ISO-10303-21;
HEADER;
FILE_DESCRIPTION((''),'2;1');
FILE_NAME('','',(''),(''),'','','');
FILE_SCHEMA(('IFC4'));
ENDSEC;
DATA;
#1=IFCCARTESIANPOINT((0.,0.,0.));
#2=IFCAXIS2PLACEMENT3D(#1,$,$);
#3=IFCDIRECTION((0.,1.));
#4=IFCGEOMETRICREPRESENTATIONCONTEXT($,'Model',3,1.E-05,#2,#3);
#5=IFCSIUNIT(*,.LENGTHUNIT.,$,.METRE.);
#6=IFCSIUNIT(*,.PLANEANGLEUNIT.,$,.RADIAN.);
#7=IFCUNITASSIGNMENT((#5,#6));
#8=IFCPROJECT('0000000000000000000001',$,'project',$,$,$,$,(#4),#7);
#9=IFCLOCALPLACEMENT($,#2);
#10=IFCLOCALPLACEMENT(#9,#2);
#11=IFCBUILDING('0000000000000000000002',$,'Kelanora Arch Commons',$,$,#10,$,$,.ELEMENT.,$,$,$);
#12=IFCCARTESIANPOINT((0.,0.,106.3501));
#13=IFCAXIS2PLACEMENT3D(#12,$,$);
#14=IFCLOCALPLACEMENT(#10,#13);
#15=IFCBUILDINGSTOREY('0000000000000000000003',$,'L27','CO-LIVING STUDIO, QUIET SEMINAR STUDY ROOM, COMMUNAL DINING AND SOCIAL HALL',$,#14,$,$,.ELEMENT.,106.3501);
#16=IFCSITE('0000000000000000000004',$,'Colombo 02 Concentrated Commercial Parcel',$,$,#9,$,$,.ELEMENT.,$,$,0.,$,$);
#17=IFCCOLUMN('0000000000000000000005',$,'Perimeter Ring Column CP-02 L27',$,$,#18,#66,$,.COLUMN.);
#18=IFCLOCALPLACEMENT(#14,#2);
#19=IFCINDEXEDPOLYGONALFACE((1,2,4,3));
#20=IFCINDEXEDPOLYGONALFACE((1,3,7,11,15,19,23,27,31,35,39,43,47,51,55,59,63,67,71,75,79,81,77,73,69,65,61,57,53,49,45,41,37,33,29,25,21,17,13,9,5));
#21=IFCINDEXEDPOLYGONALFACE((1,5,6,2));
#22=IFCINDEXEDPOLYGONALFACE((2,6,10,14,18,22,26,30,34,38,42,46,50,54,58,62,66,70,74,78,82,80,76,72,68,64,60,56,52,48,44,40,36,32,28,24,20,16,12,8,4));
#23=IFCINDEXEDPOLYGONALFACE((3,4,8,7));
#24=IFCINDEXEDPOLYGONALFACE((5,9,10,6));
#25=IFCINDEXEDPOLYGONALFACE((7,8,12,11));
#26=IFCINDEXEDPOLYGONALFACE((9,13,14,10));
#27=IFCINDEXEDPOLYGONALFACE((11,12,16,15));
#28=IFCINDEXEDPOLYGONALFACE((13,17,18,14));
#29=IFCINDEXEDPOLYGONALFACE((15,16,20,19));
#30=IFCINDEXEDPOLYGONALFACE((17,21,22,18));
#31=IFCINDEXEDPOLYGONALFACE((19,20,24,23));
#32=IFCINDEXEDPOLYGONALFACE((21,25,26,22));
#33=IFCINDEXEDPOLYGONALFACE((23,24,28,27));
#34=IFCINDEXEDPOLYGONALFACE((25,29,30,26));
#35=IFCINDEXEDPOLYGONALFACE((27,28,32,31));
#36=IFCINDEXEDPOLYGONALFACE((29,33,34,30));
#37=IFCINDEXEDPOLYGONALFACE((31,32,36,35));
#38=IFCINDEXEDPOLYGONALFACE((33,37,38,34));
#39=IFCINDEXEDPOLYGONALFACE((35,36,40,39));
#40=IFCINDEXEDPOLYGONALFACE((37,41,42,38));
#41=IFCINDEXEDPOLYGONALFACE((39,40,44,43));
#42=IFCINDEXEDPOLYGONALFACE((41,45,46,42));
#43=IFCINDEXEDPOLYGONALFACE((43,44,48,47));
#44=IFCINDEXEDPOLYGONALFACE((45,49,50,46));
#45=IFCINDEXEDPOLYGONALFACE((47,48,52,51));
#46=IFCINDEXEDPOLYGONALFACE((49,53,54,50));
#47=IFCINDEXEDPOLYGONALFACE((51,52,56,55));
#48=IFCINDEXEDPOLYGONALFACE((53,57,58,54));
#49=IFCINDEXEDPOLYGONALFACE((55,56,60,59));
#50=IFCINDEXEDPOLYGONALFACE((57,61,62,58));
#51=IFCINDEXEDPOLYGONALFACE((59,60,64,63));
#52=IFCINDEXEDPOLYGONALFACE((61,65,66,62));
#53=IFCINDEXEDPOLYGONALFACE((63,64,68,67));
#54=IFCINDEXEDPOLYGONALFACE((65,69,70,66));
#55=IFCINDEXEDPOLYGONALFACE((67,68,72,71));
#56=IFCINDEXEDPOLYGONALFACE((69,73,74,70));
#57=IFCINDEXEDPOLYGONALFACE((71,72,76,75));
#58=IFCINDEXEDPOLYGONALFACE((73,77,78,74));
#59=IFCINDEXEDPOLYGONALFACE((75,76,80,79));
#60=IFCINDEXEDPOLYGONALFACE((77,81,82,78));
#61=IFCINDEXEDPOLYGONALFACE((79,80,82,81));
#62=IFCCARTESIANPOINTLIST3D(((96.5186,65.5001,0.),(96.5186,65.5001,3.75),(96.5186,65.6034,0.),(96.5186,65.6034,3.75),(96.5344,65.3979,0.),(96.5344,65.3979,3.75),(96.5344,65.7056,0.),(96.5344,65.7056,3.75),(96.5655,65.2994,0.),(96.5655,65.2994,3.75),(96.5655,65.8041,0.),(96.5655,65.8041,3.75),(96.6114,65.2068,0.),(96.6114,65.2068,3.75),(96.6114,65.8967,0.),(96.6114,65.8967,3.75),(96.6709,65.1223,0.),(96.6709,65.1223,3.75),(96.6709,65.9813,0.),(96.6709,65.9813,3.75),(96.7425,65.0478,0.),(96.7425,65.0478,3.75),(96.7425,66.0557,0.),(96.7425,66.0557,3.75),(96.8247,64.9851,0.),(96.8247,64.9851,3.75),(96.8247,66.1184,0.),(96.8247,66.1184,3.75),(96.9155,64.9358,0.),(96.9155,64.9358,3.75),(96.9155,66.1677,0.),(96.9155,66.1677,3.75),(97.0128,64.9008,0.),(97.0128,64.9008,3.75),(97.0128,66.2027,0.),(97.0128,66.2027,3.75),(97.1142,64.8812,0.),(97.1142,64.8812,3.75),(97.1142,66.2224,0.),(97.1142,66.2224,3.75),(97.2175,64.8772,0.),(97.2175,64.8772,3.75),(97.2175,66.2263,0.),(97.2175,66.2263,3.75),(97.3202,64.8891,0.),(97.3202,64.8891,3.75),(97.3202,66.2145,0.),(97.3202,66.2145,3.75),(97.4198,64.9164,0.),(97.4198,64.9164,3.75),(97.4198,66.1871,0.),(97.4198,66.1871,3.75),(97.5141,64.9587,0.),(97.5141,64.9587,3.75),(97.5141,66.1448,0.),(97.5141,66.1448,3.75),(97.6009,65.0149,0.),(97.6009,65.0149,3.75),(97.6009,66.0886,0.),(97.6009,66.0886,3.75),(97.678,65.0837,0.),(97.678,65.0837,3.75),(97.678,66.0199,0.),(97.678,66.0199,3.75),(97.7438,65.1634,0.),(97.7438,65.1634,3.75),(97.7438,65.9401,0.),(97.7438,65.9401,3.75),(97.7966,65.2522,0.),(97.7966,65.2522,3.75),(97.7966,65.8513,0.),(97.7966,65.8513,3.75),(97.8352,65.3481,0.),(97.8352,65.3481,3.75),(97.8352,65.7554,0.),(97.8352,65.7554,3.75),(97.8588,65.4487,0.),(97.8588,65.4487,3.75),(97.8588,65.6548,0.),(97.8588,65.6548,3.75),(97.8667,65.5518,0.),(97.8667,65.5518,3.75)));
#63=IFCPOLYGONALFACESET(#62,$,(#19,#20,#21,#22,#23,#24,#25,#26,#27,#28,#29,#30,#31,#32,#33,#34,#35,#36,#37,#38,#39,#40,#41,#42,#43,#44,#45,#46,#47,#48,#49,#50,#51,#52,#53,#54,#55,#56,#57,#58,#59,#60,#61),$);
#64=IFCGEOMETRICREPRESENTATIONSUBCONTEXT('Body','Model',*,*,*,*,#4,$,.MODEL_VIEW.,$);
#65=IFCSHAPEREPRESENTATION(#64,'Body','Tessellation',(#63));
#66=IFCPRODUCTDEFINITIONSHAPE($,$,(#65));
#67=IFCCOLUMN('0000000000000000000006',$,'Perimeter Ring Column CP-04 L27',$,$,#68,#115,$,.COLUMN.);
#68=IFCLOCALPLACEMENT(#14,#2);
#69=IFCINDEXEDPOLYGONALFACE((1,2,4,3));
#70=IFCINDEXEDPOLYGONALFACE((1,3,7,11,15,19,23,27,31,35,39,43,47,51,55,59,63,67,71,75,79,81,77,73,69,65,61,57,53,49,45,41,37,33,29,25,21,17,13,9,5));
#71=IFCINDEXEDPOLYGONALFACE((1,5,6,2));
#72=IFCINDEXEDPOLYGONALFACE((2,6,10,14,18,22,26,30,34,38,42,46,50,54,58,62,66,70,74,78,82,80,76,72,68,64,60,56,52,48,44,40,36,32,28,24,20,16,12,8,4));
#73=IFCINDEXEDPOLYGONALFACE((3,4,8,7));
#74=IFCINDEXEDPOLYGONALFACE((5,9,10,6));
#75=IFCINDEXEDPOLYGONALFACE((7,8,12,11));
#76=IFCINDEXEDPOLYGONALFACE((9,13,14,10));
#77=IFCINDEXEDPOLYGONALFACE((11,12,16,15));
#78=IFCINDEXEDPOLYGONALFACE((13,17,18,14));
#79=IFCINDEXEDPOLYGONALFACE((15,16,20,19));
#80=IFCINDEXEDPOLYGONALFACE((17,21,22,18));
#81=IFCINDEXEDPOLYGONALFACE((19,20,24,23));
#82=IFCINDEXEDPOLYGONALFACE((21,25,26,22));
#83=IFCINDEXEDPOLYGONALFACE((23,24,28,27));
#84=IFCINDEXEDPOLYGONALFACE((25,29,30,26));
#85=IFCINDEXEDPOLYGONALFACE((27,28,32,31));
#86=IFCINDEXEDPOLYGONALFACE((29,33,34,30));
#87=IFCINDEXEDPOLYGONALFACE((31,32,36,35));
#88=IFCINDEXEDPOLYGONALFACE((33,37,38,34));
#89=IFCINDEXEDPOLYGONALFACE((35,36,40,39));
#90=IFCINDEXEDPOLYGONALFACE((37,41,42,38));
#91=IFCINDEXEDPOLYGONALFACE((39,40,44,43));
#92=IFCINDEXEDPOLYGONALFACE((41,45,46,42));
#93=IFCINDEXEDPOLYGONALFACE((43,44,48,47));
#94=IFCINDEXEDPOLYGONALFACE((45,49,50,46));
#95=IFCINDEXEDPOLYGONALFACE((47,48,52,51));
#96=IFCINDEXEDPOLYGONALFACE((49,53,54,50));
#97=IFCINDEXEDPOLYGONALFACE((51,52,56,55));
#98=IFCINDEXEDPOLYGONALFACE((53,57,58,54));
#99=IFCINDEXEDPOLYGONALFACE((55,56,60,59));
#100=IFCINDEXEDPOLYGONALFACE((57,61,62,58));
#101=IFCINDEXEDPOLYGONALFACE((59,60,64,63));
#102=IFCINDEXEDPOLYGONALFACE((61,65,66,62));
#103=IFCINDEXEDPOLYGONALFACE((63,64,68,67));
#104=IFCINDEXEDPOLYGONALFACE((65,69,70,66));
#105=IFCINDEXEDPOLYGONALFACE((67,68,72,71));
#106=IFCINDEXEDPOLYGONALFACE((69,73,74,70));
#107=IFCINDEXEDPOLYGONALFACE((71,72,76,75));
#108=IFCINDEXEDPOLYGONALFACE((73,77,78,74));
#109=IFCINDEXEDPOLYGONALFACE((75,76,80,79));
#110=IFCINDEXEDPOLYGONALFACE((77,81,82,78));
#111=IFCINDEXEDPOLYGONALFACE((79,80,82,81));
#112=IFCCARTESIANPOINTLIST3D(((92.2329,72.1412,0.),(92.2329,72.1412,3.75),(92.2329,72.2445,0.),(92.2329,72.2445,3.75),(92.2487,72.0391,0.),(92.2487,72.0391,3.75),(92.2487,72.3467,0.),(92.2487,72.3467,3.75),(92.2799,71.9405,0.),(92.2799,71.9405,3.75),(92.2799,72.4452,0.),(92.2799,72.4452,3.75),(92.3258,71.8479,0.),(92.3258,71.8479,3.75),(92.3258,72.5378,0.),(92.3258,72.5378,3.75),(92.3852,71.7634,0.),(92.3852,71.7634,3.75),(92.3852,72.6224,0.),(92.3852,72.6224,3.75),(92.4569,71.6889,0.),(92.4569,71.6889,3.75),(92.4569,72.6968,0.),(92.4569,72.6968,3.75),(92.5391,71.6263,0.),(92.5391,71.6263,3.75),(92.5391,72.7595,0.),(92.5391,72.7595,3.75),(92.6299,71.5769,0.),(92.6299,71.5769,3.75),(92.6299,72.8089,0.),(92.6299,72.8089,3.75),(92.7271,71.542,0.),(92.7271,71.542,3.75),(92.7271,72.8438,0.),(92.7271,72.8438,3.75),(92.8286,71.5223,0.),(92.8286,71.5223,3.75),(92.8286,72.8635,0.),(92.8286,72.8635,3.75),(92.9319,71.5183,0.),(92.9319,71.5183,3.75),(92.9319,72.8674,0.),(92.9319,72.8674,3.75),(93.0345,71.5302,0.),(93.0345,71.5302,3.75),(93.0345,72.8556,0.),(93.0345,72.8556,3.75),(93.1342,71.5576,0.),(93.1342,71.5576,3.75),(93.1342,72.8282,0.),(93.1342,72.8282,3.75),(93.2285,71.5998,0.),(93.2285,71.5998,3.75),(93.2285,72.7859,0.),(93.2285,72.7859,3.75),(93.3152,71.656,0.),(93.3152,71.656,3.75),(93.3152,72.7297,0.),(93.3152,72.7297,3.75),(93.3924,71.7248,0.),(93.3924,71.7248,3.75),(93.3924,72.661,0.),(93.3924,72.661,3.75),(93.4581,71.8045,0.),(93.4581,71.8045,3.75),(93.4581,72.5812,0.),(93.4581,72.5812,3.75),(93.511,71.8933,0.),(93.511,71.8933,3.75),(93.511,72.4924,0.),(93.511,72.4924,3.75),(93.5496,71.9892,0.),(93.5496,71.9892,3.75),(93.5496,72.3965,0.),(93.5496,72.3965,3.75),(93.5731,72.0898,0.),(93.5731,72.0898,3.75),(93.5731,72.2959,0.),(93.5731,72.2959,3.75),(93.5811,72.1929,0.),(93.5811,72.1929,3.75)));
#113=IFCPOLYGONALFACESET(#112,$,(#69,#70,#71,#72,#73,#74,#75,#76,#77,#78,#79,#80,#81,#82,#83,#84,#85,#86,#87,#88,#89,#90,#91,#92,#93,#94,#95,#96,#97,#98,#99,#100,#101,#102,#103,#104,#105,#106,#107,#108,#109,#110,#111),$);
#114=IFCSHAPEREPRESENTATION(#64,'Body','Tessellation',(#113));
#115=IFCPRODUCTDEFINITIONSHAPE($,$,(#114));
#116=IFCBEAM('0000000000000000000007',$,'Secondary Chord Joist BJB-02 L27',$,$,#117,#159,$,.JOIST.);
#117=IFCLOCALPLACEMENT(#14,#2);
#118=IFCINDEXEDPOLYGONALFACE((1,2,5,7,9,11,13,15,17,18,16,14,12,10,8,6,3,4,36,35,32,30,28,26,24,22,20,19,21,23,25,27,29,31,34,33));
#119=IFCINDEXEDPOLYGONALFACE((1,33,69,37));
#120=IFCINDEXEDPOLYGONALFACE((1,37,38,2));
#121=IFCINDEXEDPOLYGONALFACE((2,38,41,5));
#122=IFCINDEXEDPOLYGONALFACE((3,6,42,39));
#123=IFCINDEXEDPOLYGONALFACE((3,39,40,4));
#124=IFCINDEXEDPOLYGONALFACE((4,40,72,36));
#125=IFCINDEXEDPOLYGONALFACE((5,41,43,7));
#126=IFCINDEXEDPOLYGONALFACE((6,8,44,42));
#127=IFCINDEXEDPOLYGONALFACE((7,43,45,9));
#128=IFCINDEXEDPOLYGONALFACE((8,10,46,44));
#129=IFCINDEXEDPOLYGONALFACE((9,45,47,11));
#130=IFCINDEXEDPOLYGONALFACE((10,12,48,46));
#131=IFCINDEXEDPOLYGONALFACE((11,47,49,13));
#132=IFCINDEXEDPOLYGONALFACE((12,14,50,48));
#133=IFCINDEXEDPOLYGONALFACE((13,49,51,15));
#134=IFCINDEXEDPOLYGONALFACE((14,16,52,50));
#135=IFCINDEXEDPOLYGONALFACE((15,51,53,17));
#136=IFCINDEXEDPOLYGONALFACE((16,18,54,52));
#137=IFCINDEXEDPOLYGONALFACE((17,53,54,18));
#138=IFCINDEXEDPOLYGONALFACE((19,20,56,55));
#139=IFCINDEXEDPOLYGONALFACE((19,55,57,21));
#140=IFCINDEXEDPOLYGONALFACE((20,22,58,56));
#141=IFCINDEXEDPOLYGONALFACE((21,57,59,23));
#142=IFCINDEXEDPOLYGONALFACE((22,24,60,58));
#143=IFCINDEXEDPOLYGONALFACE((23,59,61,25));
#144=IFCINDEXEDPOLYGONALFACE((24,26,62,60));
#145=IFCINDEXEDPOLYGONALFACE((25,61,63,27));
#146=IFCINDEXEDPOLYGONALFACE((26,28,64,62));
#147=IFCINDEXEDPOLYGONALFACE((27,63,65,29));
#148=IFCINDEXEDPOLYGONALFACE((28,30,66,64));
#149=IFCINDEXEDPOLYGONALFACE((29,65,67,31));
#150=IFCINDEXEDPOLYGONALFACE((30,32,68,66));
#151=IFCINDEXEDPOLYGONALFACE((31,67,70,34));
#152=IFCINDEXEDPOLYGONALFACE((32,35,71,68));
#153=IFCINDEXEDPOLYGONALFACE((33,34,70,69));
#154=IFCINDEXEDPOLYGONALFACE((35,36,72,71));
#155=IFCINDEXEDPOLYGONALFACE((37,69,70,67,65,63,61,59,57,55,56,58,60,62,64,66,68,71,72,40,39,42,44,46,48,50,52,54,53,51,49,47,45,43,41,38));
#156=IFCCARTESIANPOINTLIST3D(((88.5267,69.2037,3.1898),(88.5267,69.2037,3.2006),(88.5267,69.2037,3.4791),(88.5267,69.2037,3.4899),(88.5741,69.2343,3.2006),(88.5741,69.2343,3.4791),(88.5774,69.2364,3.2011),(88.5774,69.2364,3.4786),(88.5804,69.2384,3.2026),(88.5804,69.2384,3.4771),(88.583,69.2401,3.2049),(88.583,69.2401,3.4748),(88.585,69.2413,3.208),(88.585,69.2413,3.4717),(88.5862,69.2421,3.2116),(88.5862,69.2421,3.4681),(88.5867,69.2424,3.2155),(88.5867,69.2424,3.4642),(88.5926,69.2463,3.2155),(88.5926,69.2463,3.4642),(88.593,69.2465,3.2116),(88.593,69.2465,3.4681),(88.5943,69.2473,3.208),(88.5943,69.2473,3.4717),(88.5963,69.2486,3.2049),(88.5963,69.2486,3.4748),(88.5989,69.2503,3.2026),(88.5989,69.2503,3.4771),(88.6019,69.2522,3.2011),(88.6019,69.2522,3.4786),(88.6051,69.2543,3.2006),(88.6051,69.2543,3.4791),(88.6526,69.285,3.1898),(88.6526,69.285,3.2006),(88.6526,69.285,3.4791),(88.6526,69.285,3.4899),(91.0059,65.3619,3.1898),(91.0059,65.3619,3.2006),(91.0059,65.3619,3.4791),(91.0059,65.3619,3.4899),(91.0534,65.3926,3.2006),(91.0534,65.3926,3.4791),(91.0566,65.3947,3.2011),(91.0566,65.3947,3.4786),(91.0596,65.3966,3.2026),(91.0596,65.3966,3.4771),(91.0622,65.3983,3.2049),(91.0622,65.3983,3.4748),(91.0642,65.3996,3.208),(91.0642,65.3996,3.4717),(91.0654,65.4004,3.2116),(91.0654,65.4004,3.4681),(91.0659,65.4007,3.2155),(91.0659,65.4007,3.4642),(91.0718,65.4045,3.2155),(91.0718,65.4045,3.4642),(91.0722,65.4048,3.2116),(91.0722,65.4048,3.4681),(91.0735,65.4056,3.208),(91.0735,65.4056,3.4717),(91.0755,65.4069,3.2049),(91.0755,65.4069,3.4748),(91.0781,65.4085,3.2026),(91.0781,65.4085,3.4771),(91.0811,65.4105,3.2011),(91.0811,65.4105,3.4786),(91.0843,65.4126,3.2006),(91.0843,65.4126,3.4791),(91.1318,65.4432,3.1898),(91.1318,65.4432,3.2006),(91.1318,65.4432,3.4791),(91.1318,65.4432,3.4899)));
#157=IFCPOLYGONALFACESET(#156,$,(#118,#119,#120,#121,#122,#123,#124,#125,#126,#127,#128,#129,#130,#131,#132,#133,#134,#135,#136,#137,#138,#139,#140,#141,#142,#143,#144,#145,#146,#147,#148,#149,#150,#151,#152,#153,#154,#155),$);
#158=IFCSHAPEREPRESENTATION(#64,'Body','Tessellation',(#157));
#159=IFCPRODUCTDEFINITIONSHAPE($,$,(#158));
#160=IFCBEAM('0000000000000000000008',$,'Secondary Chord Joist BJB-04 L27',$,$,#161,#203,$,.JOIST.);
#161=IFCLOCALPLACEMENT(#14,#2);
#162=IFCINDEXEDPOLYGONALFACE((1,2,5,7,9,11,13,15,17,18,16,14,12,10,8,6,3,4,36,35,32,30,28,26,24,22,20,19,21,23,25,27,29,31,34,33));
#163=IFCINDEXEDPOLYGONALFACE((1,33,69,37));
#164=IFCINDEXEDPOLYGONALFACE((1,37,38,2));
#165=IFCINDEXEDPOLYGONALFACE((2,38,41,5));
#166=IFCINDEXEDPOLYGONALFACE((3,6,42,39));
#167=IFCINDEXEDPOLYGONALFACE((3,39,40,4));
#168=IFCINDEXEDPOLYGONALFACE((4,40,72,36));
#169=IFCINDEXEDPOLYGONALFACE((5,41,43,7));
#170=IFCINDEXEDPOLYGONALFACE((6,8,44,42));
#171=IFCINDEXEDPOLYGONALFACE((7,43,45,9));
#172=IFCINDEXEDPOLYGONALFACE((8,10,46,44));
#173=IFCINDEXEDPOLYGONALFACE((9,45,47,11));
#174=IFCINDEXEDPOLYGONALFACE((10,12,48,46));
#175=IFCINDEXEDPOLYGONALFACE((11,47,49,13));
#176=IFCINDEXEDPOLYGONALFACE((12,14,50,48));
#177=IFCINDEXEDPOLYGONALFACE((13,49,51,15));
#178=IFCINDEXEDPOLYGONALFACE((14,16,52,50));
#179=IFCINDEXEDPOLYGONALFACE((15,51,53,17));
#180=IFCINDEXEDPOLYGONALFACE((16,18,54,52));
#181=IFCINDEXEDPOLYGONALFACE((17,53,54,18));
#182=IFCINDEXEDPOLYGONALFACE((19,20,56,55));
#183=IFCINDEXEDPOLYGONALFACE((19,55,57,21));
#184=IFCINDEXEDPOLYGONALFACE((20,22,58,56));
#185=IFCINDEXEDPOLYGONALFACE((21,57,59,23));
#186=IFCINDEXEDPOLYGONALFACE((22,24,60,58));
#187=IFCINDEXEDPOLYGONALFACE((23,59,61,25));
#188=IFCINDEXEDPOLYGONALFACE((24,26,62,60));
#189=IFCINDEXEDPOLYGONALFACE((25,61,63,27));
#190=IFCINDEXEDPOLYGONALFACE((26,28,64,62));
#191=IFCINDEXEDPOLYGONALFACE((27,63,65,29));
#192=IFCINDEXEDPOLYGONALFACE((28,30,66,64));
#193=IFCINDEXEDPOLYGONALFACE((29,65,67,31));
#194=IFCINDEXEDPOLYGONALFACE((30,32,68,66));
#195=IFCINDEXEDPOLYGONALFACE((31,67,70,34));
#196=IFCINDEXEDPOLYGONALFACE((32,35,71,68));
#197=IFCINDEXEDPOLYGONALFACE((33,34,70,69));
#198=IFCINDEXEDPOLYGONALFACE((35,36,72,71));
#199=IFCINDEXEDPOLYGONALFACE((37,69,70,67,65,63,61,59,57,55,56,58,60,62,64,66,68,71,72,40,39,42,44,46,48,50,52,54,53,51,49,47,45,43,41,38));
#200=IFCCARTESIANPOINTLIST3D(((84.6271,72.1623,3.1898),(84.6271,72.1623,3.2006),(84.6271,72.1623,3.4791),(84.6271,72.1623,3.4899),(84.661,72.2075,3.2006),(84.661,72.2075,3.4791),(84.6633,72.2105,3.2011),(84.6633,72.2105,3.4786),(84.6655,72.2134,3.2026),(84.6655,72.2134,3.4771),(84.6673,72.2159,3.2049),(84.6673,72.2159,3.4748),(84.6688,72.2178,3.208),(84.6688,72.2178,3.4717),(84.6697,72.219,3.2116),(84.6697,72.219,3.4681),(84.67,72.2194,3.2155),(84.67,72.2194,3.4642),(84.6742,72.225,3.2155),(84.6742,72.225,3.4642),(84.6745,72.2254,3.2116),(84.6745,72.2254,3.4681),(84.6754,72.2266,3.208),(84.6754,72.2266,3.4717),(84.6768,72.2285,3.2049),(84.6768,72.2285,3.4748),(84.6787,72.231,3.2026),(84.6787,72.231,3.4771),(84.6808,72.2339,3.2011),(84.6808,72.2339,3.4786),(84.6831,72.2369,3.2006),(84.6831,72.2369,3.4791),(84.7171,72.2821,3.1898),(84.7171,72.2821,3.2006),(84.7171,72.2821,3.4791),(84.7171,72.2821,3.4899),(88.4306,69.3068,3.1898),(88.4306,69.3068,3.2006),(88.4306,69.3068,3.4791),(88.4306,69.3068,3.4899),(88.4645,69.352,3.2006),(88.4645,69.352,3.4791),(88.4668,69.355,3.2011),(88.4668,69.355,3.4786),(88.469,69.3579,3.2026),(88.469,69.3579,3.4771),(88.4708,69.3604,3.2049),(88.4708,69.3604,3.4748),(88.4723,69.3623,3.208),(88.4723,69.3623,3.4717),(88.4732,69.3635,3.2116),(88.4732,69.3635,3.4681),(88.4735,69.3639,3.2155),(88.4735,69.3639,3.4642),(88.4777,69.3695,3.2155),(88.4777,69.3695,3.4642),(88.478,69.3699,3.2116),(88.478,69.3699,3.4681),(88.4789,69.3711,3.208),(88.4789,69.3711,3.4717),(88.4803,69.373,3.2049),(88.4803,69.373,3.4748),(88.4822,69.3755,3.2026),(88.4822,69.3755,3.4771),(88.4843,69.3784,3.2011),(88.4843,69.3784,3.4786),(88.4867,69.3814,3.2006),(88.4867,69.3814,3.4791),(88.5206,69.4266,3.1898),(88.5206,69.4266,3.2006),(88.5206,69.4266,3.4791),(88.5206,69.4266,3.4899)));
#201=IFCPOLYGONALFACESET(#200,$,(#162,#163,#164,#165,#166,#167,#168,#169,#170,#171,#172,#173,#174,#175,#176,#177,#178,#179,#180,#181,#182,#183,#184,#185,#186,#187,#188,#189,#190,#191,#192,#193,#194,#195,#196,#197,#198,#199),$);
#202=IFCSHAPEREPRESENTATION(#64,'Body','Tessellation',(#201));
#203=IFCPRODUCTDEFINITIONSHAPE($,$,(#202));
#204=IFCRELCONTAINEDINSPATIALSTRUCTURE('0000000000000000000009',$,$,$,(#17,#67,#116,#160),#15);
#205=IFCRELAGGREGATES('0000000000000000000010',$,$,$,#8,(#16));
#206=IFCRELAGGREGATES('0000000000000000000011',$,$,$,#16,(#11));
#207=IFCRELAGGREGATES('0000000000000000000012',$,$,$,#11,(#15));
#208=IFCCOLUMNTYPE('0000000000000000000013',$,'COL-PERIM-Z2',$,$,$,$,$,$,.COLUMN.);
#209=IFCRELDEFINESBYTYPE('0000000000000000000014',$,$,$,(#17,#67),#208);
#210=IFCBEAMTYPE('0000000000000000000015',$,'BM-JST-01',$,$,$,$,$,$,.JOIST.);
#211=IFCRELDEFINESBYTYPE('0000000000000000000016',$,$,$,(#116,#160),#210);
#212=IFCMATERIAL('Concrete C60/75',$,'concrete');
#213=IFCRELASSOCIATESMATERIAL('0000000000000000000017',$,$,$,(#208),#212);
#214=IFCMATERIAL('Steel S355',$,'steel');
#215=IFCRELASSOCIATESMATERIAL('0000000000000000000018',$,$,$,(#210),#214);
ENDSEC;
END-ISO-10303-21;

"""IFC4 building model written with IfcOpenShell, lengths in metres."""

from ifc_helpers import new_model, si_unit, direction, frame, origin, origin_2d, place, context, subcontext, project, spatial, circle, i_section, extrude, material, material_profile, profile_set, type_object, element, save


model = new_model("IFC4")

# Units and contexts
model_context = context("Model", 3, precision=1e-05, world=origin(), true_north=direction((0.0, 1.0)))
body_context = subcontext(model_context, "Body", "Model", "MODEL_VIEW")
ifc_project = project(units=[si_unit("LENGTHUNIT", "METRE"), si_unit("PLANEANGLEUNIT", "RADIAN")], contexts=[model_context])

# Site, building, storey
site_placement = place(None, origin())
site = spatial("IfcSite", under=ifc_project, at=site_placement, Name="Colombo 02 Concentrated Commercial Parcel", CompositionType="ELEMENT", RefElevation=0.0)
building_placement = place(site_placement, origin())
building = spatial("IfcBuilding", under=site, at=building_placement, Name="Kelanora Arch Commons", CompositionType="ELEMENT")
storey_placement = place(building_placement, frame((0.0, 0.0, 106.3501)))
storey = spatial("IfcBuildingStorey", under=building, at=storey_placement, Name="L27", Description="CO-LIVING STUDIO, QUIET SEMINAR STUDY ROOM, COMMUNAL DINING AND SOCIAL HALL", CompositionType="ELEMENT", Elevation=106.3501)

# Columns
ifc_material_1 = material(Name="Concrete C60/75", Category="concrete")
ifc_material_profile_1 = material_profile(ifc_material_1, circle(Radius=0.675, at=origin_2d()), Name="RCC1350")
ifc_profile_set_1 = profile_set([ifc_material_profile_1], Name="Concrete C60/75")
column_type = type_object("IfcColumnType", Name="COL-PERIM-Z2", PredefinedType="COLUMN", material=ifc_profile_set_1)
for number, where, z_axis, x_axis, name in (
    (1, (97.1917, 65.5518, 0.0), (0.0, 0.0, 1.0), (1.0, 0.0, 0.0), "Perimeter Ring Column CP-02 L27"),
    (2, (92.906, 72.1929, 0.0), (0.0, 0.0, 1.0), (1.0, 0.0, 0.0), "Perimeter Ring Column CP-04 L27"),
):
    element("IfcColumn", number, at=place(storey_placement, frame(where, z_axis=z_axis, x_axis=x_axis)), inside=storey, type_object=column_type, Name=name, PredefinedType="COLUMN", context=body_context, shape_type="SweptSolid", body=[
        extrude(circle(Radius=0.675, at=origin_2d()), origin(), (0.0, 0.0, 1.0), 3.75),
    ])

# Beams
ifc_material_2 = material(Name="Steel S355", Category="steel")
ifc_material_profile_2 = material_profile(ifc_material_2, i_section(OverallWidth=0.1499, OverallDepth=0.3, WebThickness=0.0071, FlangeThickness=0.0107, FilletRadius=0.0149, at=origin_2d()), Name="IPE300")
ifc_profile_set_2 = profile_set([ifc_material_profile_2], Name="Steel S355")
beam_type_1 = type_object("IfcBeamType", Name="BM-JST-01", PredefinedType="JOIST", material=ifc_profile_set_2)
beam_1_placement = place(storey_placement, frame((91.0688, 65.4026, 3.3398), z_axis=(-0.54223, 0.84023, 0.0), x_axis=(-0.84023, -0.54223, 0.0)))
element("IfcBeam", 3, at=beam_1_placement, inside=storey, type_object=beam_type_1, Name="Secondary Chord Joist BJB-02 L27", PredefinedType="JOIST", context=body_context, shape_type="SweptSolid", body=[
    extrude(i_section(OverallWidth=0.1499, OverallDepth=0.3, WebThickness=0.0071, FlangeThickness=0.0107, FilletRadius=0.0149, at=origin_2d()), origin(), (0.0, 0.0, 1.0), 4.5723),
])
beam_2_placement = place(storey_placement, frame((88.4756, 69.3667, 3.3398), z_axis=(-0.79971, 0.600386, 0.0), x_axis=(-0.600386, -0.79971, 0.0)))
element("IfcBeam", 4, at=beam_2_placement, inside=storey, type_object=beam_type_1, Name="Secondary Chord Joist BJB-04 L27", PredefinedType="JOIST", context=body_context, shape_type="SweptSolid", body=[
    extrude(i_section(OverallWidth=0.1499, OverallDepth=0.3, WebThickness=0.0071, FlangeThickness=0.0107, FilletRadius=0.0149, at=origin_2d()), origin(), (0.0, 0.0, 1.0), 4.7561),
])

save(model, "model.ifc")
